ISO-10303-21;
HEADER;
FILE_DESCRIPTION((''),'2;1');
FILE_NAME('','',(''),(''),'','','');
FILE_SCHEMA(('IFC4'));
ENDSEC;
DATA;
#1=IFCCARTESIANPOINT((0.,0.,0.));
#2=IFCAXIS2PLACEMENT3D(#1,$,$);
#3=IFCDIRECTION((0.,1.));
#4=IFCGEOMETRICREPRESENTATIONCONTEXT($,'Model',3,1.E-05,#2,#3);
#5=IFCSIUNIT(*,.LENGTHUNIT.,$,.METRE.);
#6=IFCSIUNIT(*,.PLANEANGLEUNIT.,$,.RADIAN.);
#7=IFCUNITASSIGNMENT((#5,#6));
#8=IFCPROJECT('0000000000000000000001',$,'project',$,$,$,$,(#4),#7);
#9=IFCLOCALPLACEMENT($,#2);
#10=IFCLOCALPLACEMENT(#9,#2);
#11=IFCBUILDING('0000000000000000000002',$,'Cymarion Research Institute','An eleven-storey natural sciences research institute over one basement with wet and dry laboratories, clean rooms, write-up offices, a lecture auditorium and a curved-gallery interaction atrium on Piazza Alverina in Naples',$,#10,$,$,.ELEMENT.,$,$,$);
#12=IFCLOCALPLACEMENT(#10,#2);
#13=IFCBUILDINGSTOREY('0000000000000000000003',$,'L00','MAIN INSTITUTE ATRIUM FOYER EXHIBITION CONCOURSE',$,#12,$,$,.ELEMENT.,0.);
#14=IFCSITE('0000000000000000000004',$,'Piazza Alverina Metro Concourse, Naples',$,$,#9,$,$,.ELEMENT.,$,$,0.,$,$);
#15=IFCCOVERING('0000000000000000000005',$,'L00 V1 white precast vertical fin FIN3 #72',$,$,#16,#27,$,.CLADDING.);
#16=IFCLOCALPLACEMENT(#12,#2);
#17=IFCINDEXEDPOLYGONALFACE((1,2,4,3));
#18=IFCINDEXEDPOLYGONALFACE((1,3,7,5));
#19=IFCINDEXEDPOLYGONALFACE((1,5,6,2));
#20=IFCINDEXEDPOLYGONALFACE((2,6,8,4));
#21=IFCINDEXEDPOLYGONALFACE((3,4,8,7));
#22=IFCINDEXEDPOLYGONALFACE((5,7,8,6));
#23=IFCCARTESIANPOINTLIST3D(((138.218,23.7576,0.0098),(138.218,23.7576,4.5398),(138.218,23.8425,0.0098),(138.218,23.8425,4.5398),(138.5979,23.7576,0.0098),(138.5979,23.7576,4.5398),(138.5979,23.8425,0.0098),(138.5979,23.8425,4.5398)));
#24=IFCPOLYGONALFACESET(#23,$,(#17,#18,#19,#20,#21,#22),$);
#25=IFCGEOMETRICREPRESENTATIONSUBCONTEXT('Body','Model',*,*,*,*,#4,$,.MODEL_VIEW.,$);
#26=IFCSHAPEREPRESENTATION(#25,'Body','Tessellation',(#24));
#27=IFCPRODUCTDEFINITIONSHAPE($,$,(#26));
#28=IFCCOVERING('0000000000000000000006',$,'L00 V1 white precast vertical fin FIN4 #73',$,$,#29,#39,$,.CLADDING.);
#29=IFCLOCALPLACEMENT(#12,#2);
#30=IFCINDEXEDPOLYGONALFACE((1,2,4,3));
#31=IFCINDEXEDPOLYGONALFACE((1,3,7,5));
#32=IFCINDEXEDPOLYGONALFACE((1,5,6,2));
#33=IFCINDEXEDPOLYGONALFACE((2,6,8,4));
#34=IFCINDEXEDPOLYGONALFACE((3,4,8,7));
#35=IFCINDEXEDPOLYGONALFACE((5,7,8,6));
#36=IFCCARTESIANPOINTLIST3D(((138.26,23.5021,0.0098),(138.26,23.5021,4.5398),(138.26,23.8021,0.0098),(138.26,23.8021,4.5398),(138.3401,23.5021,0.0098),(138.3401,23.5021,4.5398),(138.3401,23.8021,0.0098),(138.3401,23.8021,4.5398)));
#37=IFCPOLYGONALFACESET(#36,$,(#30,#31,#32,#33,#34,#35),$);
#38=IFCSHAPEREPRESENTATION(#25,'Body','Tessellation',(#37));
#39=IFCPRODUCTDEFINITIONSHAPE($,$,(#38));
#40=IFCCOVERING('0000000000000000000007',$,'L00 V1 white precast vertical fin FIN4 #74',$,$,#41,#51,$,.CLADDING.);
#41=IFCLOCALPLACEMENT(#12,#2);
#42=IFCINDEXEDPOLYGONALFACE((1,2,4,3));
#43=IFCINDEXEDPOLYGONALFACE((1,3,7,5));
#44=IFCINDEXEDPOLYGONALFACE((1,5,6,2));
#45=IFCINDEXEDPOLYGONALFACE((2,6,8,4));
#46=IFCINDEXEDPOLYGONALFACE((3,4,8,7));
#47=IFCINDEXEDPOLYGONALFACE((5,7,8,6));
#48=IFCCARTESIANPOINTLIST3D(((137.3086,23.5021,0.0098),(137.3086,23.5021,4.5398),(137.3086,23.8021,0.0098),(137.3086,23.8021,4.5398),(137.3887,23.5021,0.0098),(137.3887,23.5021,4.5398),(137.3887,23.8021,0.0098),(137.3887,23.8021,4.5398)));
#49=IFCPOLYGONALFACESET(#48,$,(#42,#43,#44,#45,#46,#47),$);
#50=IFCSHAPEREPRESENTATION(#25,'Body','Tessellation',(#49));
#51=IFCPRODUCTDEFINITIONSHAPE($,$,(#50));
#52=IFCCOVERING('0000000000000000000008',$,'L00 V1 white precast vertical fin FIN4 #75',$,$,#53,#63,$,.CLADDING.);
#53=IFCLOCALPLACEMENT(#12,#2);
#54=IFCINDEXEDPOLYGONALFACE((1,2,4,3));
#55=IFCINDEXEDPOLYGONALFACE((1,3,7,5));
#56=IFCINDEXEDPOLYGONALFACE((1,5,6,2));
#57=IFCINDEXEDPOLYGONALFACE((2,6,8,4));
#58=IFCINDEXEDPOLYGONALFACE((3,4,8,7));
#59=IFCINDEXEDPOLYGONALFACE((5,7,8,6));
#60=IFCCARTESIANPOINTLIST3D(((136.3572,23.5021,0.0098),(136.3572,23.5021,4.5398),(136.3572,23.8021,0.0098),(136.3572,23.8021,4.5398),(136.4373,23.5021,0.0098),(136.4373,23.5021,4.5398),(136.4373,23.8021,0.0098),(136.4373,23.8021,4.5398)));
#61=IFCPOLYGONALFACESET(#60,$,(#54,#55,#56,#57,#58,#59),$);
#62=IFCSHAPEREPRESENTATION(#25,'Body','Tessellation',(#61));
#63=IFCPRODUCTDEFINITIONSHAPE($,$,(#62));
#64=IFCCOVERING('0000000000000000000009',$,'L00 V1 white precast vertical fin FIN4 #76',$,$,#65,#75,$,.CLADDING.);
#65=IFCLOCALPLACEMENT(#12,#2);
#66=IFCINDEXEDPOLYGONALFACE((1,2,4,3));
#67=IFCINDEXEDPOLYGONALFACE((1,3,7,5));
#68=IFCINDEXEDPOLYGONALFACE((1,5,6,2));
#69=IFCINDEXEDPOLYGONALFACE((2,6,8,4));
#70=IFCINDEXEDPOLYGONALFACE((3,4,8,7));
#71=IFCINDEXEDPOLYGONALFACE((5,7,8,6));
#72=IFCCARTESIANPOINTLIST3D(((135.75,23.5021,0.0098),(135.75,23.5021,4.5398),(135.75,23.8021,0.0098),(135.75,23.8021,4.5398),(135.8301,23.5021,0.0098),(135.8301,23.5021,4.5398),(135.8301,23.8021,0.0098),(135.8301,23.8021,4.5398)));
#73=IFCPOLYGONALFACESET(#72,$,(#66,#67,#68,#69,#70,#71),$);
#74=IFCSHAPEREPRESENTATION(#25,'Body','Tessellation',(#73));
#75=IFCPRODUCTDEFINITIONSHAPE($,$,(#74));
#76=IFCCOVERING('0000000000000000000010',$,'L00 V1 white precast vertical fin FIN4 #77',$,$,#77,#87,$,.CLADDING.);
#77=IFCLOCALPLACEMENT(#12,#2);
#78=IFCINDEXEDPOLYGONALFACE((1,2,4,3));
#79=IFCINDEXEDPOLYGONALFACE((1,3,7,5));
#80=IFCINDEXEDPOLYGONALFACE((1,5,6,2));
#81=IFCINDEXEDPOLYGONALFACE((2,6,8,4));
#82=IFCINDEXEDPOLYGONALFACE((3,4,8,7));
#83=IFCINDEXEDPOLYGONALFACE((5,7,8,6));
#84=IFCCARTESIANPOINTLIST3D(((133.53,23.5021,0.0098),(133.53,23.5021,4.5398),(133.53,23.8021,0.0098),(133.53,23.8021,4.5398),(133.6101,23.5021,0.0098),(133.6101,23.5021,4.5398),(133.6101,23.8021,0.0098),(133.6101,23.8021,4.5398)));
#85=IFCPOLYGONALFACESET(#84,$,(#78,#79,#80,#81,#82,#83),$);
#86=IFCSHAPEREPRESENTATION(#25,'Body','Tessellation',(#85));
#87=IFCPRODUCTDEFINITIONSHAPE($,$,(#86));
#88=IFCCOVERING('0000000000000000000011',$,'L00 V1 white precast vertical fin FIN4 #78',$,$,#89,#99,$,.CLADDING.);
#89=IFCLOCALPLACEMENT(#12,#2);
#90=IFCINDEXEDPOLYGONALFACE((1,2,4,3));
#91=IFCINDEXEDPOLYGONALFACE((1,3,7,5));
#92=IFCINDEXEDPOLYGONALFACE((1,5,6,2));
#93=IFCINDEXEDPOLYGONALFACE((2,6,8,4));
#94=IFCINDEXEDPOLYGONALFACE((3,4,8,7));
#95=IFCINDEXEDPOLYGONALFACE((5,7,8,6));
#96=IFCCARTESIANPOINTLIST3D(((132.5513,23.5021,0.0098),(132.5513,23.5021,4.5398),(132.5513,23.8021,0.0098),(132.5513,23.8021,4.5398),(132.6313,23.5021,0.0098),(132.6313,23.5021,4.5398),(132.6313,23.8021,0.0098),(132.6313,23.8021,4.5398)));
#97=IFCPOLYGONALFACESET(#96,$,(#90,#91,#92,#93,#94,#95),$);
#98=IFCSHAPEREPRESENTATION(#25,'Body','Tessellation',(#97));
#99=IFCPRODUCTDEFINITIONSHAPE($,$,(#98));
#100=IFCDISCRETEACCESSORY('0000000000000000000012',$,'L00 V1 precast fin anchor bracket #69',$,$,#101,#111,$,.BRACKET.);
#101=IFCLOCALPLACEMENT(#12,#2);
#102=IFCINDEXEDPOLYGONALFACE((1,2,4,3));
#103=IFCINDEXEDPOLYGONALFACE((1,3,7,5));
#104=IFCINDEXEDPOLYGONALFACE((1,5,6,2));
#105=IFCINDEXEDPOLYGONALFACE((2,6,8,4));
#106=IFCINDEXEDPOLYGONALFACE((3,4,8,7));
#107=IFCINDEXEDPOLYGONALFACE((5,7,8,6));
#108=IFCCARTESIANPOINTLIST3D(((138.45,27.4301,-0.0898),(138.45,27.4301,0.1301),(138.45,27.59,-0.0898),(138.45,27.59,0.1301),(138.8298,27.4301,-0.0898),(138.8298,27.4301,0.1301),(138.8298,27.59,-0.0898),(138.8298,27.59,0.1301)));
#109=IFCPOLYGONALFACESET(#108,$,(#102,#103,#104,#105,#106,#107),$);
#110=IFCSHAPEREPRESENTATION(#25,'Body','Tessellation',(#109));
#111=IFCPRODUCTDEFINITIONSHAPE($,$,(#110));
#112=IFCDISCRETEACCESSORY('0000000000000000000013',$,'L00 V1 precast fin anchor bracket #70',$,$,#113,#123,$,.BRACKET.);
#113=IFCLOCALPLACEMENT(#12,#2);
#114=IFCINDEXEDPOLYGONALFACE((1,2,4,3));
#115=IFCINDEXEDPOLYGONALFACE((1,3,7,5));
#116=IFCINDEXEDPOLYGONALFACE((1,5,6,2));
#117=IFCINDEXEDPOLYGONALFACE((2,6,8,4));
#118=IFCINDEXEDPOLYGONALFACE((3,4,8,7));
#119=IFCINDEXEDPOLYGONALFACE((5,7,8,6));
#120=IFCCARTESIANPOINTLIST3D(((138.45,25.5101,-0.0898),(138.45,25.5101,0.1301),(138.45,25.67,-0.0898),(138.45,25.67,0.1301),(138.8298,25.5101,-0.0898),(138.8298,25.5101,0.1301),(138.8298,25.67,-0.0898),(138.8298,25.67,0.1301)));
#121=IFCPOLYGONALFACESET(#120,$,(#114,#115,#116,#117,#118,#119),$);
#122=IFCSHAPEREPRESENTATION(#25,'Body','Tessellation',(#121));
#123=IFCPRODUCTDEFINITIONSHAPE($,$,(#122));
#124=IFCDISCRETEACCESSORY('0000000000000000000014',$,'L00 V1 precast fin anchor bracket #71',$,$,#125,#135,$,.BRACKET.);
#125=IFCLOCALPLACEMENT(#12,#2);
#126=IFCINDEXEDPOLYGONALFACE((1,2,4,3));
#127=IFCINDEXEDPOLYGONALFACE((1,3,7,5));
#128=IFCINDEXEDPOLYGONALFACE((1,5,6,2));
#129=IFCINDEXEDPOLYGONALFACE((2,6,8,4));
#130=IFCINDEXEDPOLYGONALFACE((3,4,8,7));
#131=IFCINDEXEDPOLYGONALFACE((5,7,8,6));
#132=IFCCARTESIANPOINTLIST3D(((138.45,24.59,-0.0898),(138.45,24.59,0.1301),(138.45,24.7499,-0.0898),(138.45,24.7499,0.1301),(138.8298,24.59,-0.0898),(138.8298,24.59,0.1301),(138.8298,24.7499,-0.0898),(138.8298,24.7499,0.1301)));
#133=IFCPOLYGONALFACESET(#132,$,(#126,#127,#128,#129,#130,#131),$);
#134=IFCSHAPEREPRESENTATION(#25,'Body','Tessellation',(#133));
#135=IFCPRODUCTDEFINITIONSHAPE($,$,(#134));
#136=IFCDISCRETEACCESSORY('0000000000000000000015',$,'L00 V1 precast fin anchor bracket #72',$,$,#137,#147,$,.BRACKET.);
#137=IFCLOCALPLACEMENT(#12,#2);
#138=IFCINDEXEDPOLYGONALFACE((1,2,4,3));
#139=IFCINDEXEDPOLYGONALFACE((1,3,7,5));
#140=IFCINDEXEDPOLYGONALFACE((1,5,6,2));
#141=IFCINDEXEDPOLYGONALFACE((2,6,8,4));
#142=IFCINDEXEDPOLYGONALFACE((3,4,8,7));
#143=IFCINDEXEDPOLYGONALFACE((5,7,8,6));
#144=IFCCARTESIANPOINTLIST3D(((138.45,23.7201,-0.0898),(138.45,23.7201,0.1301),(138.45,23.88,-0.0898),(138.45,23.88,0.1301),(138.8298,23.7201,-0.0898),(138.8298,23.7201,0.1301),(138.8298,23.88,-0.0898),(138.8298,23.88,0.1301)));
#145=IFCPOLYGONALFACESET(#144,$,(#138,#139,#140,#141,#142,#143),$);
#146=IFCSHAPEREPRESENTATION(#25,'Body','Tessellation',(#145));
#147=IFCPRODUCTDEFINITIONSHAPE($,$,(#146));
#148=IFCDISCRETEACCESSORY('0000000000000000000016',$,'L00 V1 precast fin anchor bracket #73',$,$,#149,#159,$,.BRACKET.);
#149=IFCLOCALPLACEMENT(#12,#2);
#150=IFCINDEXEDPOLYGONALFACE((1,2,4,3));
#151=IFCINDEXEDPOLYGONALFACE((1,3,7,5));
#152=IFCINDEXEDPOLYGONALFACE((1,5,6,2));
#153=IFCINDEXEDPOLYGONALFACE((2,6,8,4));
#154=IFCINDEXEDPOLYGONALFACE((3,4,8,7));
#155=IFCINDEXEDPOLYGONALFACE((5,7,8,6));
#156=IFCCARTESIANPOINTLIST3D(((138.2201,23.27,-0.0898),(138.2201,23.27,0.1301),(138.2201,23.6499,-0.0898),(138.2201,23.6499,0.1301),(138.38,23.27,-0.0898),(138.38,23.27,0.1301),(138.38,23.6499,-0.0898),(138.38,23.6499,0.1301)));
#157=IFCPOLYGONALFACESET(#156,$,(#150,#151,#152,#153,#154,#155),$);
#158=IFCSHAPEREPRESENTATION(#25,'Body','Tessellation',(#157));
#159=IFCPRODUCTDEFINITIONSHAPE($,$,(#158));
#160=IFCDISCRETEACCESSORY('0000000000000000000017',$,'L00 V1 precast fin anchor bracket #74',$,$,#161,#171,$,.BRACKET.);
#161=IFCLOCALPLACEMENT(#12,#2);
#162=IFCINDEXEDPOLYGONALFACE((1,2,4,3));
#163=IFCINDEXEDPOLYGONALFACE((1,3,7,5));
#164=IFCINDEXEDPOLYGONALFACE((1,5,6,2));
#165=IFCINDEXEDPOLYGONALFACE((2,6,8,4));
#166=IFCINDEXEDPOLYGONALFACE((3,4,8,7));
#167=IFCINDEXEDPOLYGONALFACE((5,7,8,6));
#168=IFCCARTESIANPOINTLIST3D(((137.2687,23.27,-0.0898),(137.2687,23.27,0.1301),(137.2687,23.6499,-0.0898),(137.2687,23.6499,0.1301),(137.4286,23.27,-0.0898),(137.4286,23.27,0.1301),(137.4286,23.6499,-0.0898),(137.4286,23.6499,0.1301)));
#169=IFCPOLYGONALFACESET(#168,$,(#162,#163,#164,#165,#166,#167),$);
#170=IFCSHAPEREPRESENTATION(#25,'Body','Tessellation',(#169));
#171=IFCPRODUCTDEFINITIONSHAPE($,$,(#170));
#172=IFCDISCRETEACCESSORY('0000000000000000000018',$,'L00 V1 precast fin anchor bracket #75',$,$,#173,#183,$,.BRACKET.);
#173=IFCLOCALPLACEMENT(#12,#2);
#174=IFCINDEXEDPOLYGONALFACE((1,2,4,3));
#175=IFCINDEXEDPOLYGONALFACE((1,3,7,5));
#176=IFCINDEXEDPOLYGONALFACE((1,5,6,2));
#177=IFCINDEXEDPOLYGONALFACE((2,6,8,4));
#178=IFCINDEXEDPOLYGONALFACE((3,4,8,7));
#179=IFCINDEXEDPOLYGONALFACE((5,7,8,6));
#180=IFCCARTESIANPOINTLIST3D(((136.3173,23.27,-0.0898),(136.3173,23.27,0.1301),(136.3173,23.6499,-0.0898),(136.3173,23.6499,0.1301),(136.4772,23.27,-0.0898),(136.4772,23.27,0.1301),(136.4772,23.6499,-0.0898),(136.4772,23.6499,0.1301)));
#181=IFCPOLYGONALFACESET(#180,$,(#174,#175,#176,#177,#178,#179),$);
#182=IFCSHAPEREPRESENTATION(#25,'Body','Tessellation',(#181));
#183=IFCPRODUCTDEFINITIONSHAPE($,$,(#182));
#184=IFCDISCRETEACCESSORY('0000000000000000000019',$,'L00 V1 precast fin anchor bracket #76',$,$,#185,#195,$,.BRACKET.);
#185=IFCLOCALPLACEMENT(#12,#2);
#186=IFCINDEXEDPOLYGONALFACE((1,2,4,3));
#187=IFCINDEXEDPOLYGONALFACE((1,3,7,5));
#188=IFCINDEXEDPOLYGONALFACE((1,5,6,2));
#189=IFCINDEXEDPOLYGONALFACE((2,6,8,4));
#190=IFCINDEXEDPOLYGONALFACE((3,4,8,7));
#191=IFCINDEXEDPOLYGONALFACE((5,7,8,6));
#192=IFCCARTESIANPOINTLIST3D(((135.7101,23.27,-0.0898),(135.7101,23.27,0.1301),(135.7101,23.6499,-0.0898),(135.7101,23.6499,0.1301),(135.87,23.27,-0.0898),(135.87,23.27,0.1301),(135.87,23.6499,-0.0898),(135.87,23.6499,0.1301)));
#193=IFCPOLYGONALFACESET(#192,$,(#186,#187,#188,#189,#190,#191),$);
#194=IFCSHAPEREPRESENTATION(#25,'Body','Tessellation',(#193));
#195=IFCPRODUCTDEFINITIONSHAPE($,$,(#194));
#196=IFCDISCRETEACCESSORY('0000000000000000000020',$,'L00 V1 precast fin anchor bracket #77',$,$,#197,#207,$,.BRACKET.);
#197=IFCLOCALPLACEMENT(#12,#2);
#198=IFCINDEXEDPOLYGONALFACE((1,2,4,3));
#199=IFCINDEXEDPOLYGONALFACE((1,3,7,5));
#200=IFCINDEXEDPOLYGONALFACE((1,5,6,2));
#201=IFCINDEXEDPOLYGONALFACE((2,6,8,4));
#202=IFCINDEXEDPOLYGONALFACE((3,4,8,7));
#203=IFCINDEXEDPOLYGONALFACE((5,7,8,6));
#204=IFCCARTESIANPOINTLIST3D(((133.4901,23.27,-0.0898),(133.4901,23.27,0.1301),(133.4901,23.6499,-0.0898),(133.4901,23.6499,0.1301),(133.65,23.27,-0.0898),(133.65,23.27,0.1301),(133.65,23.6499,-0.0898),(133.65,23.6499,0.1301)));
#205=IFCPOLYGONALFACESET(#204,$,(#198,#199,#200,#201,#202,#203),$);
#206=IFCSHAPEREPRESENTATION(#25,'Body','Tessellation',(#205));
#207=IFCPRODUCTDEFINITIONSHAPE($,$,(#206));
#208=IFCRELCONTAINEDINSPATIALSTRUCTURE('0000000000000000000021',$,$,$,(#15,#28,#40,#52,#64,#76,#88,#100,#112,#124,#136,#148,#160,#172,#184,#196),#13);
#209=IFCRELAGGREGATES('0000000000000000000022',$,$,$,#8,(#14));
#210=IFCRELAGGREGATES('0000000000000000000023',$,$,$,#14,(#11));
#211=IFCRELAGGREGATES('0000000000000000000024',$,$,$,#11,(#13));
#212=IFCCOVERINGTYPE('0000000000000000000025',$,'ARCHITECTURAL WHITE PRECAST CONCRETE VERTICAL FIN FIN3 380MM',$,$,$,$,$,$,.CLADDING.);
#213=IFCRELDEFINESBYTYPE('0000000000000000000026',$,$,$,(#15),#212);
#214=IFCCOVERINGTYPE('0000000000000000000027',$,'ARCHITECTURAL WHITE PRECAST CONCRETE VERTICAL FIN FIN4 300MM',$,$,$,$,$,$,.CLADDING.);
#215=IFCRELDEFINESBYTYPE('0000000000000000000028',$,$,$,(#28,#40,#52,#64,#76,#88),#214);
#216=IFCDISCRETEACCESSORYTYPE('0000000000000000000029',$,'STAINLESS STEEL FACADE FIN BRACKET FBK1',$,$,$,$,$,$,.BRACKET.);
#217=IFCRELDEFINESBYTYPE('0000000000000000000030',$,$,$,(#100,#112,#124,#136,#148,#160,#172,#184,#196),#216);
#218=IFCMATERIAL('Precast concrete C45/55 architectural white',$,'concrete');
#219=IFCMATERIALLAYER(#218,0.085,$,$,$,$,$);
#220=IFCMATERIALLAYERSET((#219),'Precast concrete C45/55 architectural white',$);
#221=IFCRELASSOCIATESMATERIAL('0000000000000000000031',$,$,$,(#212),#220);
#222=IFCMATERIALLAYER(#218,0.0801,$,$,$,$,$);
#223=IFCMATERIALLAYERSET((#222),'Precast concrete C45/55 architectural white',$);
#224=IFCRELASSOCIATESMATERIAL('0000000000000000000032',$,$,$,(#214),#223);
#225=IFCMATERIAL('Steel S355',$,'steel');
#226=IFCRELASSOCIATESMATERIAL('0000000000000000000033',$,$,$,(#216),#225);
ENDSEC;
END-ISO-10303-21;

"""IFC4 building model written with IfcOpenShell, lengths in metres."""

from ifc_helpers import new_model, si_unit, direction, frame, origin, origin_2d, place, context, subcontext, project, spatial, rectangle, extrude, material, layer, layer_set, type_object, element, save


model = new_model("IFC4")

# Units and contexts
model_context = context("Model", 3, precision=1e-05, world=origin(), true_north=direction((0.0, 1.0)))
body_context = subcontext(model_context, "Body", "Model", "MODEL_VIEW")
ifc_project = project(units=[si_unit("LENGTHUNIT", "METRE"), si_unit("PLANEANGLEUNIT", "RADIAN")], contexts=[model_context])

# Site, building, storey
site_placement = place(None, origin())
site = spatial("IfcSite", under=ifc_project, at=site_placement, Name="Piazza Alverina Metro Concourse, Naples", CompositionType="ELEMENT", RefElevation=0.0)
building_placement = place(site_placement, origin())
building = spatial("IfcBuilding", under=site, at=building_placement, Name="Cymarion Research Institute", Description="An eleven-storey natural sciences research institute over one basement with wet and dry laboratories, clean rooms, write-up offices, a lecture auditorium and a curved-gallery interaction atrium on Piazza Alverina in Naples", CompositionType="ELEMENT")
storey_placement = place(building_placement, origin())
storey = spatial("IfcBuildingStorey", under=building, at=storey_placement, Name="L00", Description="MAIN INSTITUTE ATRIUM FOYER EXHIBITION CONCOURSE", CompositionType="ELEMENT", Elevation=0.0)

# Shared definitions
ifc_material_1 = material(Name="Steel S355", Category="steel")

# Coverings
ifc_material_2 = material(Name="Precast concrete C45/55 architectural white", Category="concrete")
ifc_layer_1 = layer(ifc_material_2, 0.085)
ifc_layer_set_1 = layer_set([ifc_layer_1], Name="Precast concrete C45/55 architectural white")
covering_type_1 = type_object("IfcCoveringType", Name="ARCHITECTURAL WHITE PRECAST CONCRETE VERTICAL FIN FIN3 380MM", PredefinedType="CLADDING", material=ifc_layer_set_1)
for number, where, z_axis, x_axis, name in (
    (1, (138.408, 23.8, 0.0098), (0.0, 0.0, 1.0), (-1.0, 0.0, 0.0), "L00 V1 white precast vertical fin FIN3 #72"),
):
    element("IfcCovering", number, at=place(storey_placement, frame(where, z_axis=z_axis, x_axis=x_axis)), inside=storey, type_object=covering_type_1, Name=name, PredefinedType="CLADDING", context=body_context, shape_type="SweptSolid", body=[
        extrude(rectangle(XDim=0.3799, YDim=0.085, at=origin_2d()), origin(), (0.0, 0.0, 1.0), 4.53),
    ])
ifc_layer_2 = layer(ifc_material_2, 0.0801)
ifc_layer_set_2 = layer_set([ifc_layer_2], Name="Precast concrete C45/55 architectural white")
covering_type_2 = type_object("IfcCoveringType", Name="ARCHITECTURAL WHITE PRECAST CONCRETE VERTICAL FIN FIN4 300MM", PredefinedType="CLADDING", material=ifc_layer_set_2)
for number, where, z_axis, x_axis, name in (
    (2, (138.3, 23.6521, 0.0098), (0.0, 0.0, 1.0), (0.0, 1.0, 0.0), "L00 V1 white precast vertical fin FIN4 #73"),
    (3, (137.3486, 23.6521, 0.0098), (0.0, 0.0, 1.0), (0.0, 1.0, 0.0), "L00 V1 white precast vertical fin FIN4 #74"),
    (4, (136.3972, 23.6521, 0.0098), (0.0, 0.0, 1.0), (0.0, 1.0, 0.0), "L00 V1 white precast vertical fin FIN4 #75"),
    (5, (135.79, 23.6521, 0.0098), (0.0, 0.0, 1.0), (0.0, 1.0, 0.0), "L00 V1 white precast vertical fin FIN4 #76"),
    (6, (133.5701, 23.6521, 0.0098), (0.0, 0.0, 1.0), (0.0, 1.0, 0.0), "L00 V1 white precast vertical fin FIN4 #77"),
    (7, (132.5913, 23.6521, 0.0098), (0.0, 0.0, 1.0), (0.0, 1.0, 0.0), "L00 V1 white precast vertical fin FIN4 #78"),
):
    element("IfcCovering", number, at=place(storey_placement, frame(where, z_axis=z_axis, x_axis=x_axis)), inside=storey, type_object=covering_type_2, Name=name, PredefinedType="CLADDING", context=body_context, shape_type="SweptSolid", body=[
        extrude(rectangle(XDim=0.3, YDim=0.0801, at=origin_2d()), origin(), (0.0, 0.0, 1.0), 4.53),
    ])

# Discrete accessories
discrete_accessory_type = type_object("IfcDiscreteAccessoryType", Name="STAINLESS STEEL FACADE FIN BRACKET FBK1", PredefinedType="BRACKET", material=ifc_material_1)
for number, where, z_axis, x_axis, name in (
    (8, (138.6399, 27.51, -0.0898), (0.0, 0.0, 1.0), (-1.0, 0.0, 0.0), "L00 V1 precast fin anchor bracket #69"),
    (9, (138.6399, 25.5901, -0.0898), (0.0, 0.0, 1.0), (-1.0, 0.0, 0.0), "L00 V1 precast fin anchor bracket #70"),
    (10, (138.6399, 24.6699, -0.0898), (0.0, 0.0, 1.0), (-1.0, 0.0, 0.0), "L00 V1 precast fin anchor bracket #71"),
    (11, (138.6399, 23.8, -0.0898), (0.0, 0.0, 1.0), (-1.0, 0.0, 0.0), "L00 V1 precast fin anchor bracket #72"),
    (12, (138.3, 23.46, -0.0898), (0.0, 0.0, 1.0), (0.0, 1.0, 0.0), "L00 V1 precast fin anchor bracket #73"),
    (13, (137.3486, 23.46, -0.0898), (0.0, 0.0, 1.0), (0.0, 1.0, 0.0), "L00 V1 precast fin anchor bracket #74"),
    (14, (136.3972, 23.46, -0.0898), (0.0, 0.0, 1.0), (0.0, 1.0, 0.0), "L00 V1 precast fin anchor bracket #75"),
    (15, (135.79, 23.46, -0.0898), (0.0, 0.0, 1.0), (0.0, 1.0, 0.0), "L00 V1 precast fin anchor bracket #76"),
    (16, (133.5701, 23.46, -0.0898), (0.0, 0.0, 1.0), (0.0, 1.0, 0.0), "L00 V1 precast fin anchor bracket #77"),
):
    element("IfcDiscreteAccessory", number, at=place(storey_placement, frame(where, z_axis=z_axis, x_axis=x_axis)), inside=storey, type_object=discrete_accessory_type, Name=name, PredefinedType="BRACKET", context=body_context, shape_type="SweptSolid", body=[
        extrude(rectangle(XDim=0.3799, YDim=0.1599, at=origin_2d()), origin(), (0.0, 0.0, 1.0), 0.22),
    ])

save(model, "model.ifc")
